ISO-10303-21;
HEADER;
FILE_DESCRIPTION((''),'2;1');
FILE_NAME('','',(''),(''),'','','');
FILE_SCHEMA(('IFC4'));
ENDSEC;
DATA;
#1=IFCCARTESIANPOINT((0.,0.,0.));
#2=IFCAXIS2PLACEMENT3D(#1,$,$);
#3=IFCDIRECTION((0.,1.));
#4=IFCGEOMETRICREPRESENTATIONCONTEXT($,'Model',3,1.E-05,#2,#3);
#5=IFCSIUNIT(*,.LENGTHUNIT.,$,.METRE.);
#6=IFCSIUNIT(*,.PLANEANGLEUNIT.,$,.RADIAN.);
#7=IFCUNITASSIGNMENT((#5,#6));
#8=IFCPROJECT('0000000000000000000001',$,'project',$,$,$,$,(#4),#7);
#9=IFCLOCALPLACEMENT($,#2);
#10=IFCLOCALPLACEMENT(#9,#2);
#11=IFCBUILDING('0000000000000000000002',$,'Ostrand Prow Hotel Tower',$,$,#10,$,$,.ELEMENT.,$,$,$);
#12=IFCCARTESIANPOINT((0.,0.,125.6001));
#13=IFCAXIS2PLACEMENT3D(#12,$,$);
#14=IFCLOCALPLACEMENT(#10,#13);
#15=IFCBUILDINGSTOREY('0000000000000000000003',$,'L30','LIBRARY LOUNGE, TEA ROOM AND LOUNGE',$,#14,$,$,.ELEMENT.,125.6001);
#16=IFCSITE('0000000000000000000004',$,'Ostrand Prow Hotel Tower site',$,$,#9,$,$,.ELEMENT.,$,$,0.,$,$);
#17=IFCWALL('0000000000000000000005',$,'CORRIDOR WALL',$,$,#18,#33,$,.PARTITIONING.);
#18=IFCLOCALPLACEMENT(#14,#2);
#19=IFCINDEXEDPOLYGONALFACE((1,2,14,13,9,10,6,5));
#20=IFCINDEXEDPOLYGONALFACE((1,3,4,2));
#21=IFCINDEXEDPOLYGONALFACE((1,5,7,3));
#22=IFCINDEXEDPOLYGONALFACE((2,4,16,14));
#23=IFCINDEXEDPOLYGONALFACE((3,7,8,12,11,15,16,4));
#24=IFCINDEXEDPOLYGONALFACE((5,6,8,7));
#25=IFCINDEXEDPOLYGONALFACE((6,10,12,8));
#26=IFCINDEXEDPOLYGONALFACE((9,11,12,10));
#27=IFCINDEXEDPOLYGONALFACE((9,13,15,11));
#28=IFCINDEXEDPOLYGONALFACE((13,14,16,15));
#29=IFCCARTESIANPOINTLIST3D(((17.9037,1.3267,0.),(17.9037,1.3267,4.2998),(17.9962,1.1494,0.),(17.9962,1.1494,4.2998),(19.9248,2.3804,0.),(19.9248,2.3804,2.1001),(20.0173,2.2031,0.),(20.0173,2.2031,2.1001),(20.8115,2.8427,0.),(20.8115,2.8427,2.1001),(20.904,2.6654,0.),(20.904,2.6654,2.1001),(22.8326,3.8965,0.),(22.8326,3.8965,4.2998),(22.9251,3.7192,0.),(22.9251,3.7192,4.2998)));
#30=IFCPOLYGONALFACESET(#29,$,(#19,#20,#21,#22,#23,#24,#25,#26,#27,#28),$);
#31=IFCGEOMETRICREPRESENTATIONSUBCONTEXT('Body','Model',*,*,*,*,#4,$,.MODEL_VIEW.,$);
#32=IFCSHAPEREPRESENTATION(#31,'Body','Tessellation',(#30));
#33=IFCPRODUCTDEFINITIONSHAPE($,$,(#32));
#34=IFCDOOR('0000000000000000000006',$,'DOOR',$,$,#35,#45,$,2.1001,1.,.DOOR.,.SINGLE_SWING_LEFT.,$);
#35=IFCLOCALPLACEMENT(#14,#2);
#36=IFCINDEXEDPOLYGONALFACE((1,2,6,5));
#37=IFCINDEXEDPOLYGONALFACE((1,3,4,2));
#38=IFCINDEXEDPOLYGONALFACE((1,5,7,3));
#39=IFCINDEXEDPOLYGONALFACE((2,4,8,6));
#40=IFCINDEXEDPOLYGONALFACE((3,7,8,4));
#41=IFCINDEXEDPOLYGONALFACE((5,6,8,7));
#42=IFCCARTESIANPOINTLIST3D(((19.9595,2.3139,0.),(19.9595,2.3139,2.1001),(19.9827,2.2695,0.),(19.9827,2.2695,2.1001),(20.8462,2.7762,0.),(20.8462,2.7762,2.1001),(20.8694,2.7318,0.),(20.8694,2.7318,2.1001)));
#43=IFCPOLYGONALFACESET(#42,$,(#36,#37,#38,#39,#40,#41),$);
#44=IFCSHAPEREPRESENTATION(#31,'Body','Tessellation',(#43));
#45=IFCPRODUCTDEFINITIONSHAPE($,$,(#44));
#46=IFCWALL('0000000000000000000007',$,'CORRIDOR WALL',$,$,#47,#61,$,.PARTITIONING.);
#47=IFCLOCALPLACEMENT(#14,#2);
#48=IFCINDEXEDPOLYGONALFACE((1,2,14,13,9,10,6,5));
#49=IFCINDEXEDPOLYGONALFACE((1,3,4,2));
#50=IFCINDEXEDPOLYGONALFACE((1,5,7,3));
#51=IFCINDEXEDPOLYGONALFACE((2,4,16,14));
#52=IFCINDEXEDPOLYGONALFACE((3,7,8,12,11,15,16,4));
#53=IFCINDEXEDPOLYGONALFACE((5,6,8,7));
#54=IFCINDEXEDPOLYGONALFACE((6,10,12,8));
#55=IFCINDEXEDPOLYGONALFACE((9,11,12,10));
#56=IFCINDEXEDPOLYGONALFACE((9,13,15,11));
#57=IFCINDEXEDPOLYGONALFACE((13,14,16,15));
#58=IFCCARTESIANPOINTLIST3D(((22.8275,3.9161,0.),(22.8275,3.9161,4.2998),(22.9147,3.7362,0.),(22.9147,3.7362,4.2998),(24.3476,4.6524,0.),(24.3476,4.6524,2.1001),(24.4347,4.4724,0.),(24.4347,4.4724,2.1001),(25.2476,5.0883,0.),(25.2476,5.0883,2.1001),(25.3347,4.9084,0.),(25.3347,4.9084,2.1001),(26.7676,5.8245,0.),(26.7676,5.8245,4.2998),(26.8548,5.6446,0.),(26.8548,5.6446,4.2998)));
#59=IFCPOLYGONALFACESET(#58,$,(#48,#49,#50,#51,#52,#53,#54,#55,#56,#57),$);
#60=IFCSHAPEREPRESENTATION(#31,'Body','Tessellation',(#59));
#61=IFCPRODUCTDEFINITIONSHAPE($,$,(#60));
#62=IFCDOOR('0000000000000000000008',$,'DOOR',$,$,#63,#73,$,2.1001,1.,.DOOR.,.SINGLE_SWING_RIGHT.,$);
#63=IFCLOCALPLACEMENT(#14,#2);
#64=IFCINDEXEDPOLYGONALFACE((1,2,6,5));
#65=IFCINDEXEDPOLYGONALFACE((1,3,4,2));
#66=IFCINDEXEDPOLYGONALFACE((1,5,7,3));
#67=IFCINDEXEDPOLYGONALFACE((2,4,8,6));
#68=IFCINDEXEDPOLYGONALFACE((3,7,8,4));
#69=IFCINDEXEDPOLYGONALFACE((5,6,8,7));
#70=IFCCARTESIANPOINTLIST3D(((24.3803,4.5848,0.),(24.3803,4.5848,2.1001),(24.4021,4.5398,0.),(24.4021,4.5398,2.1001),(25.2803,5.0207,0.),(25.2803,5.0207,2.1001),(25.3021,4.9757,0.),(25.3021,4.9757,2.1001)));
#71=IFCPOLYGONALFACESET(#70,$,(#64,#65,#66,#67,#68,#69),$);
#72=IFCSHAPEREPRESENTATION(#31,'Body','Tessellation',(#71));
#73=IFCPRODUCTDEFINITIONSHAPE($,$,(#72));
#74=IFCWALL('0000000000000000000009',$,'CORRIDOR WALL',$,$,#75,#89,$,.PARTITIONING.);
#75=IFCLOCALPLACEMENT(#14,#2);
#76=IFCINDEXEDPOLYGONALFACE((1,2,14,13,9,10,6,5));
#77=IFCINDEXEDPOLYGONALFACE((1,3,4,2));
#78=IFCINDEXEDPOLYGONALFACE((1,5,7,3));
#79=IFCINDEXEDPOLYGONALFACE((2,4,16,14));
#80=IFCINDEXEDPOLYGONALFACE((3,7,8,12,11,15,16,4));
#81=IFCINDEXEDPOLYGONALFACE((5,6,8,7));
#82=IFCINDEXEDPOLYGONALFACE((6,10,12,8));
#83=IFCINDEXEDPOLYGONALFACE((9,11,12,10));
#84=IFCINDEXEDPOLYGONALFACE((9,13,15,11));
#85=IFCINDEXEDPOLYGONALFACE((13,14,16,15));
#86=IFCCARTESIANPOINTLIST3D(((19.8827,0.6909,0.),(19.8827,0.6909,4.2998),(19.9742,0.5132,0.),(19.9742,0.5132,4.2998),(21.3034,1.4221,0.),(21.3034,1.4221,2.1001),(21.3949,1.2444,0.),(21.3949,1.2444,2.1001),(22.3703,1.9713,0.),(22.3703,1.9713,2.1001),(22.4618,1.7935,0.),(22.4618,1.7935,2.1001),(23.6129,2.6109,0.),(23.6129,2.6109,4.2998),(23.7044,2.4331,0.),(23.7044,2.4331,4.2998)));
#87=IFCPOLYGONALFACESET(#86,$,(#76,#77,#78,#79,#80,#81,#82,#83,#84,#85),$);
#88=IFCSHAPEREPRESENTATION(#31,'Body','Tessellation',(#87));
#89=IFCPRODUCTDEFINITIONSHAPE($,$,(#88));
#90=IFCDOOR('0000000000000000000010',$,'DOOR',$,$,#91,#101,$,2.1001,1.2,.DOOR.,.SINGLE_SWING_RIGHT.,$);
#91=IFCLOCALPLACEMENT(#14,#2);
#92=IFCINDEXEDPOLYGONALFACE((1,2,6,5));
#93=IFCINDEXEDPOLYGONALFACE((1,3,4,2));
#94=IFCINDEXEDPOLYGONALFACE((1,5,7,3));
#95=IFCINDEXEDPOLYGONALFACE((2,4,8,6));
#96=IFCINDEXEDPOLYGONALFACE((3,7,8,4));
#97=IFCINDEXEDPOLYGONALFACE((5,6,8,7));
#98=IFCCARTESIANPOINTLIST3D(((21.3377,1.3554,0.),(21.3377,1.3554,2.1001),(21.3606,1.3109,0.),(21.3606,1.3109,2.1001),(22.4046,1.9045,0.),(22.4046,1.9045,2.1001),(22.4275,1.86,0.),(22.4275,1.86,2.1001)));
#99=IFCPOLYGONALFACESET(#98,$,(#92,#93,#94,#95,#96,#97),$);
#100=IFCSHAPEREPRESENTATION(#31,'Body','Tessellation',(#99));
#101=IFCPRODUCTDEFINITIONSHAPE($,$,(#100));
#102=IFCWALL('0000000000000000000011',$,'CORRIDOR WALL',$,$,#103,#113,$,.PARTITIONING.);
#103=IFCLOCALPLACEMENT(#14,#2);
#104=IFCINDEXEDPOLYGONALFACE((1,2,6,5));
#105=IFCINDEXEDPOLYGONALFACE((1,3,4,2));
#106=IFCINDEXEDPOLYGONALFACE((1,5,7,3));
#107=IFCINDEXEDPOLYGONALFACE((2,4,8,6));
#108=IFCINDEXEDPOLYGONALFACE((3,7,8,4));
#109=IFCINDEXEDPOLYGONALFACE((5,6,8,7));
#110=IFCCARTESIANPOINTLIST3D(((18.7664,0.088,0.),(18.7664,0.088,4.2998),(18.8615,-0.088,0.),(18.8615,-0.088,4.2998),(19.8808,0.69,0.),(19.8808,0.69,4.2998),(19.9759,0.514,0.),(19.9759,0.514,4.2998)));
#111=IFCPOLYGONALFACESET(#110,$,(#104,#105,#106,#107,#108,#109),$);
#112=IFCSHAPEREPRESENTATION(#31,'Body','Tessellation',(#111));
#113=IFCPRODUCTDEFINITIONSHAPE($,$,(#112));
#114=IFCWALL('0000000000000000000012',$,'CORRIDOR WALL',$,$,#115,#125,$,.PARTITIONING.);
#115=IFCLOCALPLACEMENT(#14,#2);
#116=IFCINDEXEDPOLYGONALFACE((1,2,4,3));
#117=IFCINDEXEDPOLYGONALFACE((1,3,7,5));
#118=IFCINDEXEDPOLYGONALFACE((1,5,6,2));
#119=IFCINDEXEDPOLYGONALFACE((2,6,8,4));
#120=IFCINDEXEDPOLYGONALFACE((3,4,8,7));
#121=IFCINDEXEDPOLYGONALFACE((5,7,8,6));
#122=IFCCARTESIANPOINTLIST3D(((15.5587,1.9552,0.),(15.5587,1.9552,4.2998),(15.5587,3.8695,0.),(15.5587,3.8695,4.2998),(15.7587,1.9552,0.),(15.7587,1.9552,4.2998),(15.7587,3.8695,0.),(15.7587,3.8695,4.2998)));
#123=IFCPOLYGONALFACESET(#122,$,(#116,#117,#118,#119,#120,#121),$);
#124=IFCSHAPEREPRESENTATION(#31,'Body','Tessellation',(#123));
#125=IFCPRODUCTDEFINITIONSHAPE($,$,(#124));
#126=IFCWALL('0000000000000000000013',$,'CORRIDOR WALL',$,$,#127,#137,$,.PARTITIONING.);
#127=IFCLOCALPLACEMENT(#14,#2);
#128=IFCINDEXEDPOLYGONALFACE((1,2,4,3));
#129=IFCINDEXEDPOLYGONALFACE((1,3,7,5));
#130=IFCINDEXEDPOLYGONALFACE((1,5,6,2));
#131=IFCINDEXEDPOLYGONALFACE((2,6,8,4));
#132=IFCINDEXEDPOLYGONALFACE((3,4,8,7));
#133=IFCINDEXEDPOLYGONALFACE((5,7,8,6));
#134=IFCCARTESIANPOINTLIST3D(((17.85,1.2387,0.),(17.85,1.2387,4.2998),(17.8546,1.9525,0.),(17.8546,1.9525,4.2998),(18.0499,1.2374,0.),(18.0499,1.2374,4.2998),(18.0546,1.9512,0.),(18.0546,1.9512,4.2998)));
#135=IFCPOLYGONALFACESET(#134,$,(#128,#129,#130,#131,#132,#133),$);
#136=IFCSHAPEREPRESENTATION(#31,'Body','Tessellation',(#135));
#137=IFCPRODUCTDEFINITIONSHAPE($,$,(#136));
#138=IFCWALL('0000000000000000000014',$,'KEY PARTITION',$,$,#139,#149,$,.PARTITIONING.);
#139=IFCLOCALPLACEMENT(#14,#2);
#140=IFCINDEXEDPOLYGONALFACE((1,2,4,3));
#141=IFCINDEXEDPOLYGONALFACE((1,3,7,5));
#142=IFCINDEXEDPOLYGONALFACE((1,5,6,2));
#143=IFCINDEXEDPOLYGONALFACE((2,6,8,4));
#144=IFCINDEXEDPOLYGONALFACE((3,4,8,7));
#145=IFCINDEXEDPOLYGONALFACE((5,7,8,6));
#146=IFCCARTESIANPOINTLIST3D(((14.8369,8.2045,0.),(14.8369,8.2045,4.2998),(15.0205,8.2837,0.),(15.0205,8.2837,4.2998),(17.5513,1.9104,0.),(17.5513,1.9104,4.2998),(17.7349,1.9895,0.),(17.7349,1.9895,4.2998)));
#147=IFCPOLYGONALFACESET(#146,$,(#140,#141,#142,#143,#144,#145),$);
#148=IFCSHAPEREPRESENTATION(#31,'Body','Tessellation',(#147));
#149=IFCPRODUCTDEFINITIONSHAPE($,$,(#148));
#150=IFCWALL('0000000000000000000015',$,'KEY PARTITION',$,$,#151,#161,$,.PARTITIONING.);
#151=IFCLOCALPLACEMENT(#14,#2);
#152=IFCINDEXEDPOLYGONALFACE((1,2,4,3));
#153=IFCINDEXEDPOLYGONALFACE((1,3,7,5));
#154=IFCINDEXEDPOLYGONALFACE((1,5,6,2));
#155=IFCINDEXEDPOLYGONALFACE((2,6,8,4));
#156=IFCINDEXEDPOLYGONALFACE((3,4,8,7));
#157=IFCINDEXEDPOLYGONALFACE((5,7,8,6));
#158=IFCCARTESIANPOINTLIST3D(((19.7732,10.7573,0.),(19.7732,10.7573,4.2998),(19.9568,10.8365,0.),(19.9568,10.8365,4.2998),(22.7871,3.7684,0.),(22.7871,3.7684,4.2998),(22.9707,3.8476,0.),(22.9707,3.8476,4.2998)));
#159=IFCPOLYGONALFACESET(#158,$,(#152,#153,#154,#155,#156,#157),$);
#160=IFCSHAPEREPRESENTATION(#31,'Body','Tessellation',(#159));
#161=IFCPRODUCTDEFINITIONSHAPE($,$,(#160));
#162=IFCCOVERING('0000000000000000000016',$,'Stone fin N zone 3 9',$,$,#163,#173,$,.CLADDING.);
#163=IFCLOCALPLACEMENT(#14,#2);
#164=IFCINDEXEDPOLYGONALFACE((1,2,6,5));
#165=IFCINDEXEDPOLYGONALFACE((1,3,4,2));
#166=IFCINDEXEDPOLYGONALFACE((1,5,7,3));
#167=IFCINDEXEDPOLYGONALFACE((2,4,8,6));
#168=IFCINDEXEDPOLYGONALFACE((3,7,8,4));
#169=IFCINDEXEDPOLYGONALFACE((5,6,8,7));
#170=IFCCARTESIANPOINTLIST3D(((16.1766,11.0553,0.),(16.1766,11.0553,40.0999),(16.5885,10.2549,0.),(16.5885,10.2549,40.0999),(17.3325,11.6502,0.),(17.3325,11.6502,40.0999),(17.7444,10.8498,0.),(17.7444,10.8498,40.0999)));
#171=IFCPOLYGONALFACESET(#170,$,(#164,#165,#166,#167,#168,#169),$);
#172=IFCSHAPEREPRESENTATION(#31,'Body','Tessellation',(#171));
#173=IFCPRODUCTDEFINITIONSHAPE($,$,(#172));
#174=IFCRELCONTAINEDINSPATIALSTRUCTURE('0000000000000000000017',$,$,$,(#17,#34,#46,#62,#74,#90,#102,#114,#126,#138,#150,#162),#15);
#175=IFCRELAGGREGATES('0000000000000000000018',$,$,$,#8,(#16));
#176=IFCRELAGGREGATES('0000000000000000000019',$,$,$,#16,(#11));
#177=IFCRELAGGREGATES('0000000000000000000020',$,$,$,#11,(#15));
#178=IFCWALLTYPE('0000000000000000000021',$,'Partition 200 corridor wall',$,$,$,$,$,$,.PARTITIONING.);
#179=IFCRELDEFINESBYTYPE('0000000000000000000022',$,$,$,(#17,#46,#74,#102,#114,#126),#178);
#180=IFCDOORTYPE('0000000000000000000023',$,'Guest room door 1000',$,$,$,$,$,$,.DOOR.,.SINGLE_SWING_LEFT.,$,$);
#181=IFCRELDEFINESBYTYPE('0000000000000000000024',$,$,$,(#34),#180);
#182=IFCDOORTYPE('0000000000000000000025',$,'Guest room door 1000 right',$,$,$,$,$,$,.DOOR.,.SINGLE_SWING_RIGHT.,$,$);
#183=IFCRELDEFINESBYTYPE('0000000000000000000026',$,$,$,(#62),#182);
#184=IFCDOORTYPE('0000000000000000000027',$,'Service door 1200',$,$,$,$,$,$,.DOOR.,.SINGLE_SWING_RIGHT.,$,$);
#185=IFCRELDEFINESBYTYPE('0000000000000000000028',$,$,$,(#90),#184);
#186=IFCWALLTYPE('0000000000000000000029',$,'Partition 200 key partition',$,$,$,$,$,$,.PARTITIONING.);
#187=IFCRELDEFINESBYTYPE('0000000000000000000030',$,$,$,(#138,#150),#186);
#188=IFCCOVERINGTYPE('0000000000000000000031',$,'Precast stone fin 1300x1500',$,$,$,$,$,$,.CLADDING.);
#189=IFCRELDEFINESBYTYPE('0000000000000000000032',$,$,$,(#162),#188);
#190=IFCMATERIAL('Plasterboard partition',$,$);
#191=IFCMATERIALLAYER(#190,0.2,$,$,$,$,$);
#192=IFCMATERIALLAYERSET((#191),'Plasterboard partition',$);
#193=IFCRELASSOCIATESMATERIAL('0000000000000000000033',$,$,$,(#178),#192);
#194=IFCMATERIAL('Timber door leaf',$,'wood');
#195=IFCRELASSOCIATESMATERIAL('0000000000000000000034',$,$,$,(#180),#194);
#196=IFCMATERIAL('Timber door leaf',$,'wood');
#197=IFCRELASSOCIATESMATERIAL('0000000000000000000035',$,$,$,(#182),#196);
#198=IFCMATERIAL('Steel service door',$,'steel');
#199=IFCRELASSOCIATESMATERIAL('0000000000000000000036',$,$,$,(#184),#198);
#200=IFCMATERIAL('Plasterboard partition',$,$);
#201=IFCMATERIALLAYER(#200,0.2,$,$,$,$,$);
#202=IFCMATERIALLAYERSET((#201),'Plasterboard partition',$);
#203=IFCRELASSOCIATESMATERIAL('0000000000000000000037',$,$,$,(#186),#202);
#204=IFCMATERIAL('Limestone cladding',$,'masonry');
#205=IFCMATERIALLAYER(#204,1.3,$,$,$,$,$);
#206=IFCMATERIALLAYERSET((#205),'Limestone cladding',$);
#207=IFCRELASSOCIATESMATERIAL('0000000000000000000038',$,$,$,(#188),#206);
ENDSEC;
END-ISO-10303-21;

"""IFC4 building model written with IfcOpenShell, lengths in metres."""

from ifc_helpers import new_model, si_unit, direction, frame, frame_2d, origin, place, context, subcontext, project, spatial, rectangle, extrude, material, layer, layer_set, type_object, element, fill, save


model = new_model("IFC4")

# Units and contexts
model_context = context("Model", 3, precision=1e-05, world=origin(), true_north=direction((0.0, 1.0)))
body_context = subcontext(model_context, "Body", "Model", "MODEL_VIEW")
ifc_project = project(units=[si_unit("LENGTHUNIT", "METRE"), si_unit("PLANEANGLEUNIT", "RADIAN")], contexts=[model_context])

# Site, building, storey
site_placement = place(None, origin())
site = spatial("IfcSite", under=ifc_project, at=site_placement, Name="Ostrand Prow Hotel Tower site", CompositionType="ELEMENT", RefElevation=0.0)
building_placement = place(site_placement, origin())
building = spatial("IfcBuilding", under=site, at=building_placement, Name="Ostrand Prow Hotel Tower", CompositionType="ELEMENT")
storey_placement = place(building_placement, frame((0.0, 0.0, 125.6001)))
storey = spatial("IfcBuildingStorey", under=building, at=storey_placement, Name="L30", Description="LIBRARY LOUNGE, TEA ROOM AND LOUNGE", CompositionType="ELEMENT", Elevation=125.6001)

# Walls, openings, doors
ifc_material_1 = material(Name="Plasterboard partition")
ifc_layer_1 = layer(ifc_material_1, 0.2)
ifc_layer_set_1 = layer_set([ifc_layer_1], Name="Plasterboard partition")
wall_type_1 = type_object("IfcWallType", Name="Partition 200 corridor wall", PredefinedType="PARTITIONING", material=ifc_layer_set_1)
wall_1_placement = place(storey_placement, frame((17.95, 1.238, 0.0), z_axis=(0.0, 0.0, 1.0), x_axis=(0.886718, 0.462311, 0.0)))
wall_1 = element("IfcWall", 1, at=wall_1_placement, inside=storey, type_object=wall_type_1, Name="CORRIDOR WALL", PredefinedType="PARTITIONING", context=body_context, shape_type="SweptSolid", body=[
    extrude(rectangle(XDim=5.5586, YDim=0.2, at=frame_2d((2.7793, 0.0))), origin(), (0.0, 0.0, 1.0), 4.2998),
])
opening_1_placement = place(wall_1_placement, frame((2.2793, 0.0, 0.0)))
opening_1 = element("IfcOpeningElement", 2, at=opening_1_placement, cuts=wall_1, PredefinedType="OPENING", context=body_context, shape_type="SweptSolid", body=[
    extrude(rectangle(XDim=1.0, YDim=2.1001, at=frame_2d((0.5, 1.05))), frame((0.0, 0.1099, 0.0), z_axis=(0.0, -1.0, 0.0), x_axis=(1.0, 0.0, 0.0)), (0.0, 0.0, 1.0), 0.22),
])
ifc_material_2 = material(Name="Timber door leaf", Category="wood")
door_type_1 = type_object("IfcDoorType", Name="Guest room door 1000", OperationType="SINGLE_SWING_LEFT", PredefinedType="DOOR", material=ifc_material_2)
door_1_placement = place(opening_1_placement, origin())
door_1 = element("IfcDoor", 3, at=door_1_placement, inside=storey, type_object=door_type_1, Name="DOOR", OperationType="SINGLE_SWING_LEFT", OverallHeight=2.1001, OverallWidth=1.0, PredefinedType="DOOR", context=body_context, shape_type="SweptSolid", body=[
    extrude(rectangle(XDim=1.0, YDim=2.1001, at=frame_2d((0.5, 1.05))), frame((0.0, 0.0249, 0.0), z_axis=(0.0, -1.0, 0.0), x_axis=(1.0, 0.0, 0.0)), (0.0, 0.0, 1.0), 0.05),
])
fill(opening_1, door_1)
wall_2_placement = place(storey_placement, frame((22.8711, 3.8262, 0.0), z_axis=(0.0, 0.0, 1.0), x_axis=(0.899989, 0.435914, 0.0)))
wall_2 = element("IfcWall", 4, at=wall_2_placement, inside=storey, type_object=wall_type_1, Name="CORRIDOR WALL", PredefinedType="PARTITIONING", context=body_context, shape_type="SweptSolid", body=[
    extrude(rectangle(XDim=4.3779, YDim=0.2, at=frame_2d((2.189, 0.0))), origin(), (0.0, 0.0, 1.0), 4.2998),
])
opening_2_placement = place(wall_2_placement, frame((1.689, 0.0, 0.0)))
opening_2 = element("IfcOpeningElement", 5, at=opening_2_placement, cuts=wall_2, PredefinedType="OPENING", context=body_context, shape_type="SweptSolid", body=[
    extrude(rectangle(XDim=1.0, YDim=2.1001, at=frame_2d((0.5, 1.05))), frame((0.0, 0.1099, 0.0), z_axis=(0.0, -1.0, 0.0), x_axis=(1.0, 0.0, 0.0)), (0.0, 0.0, 1.0), 0.22),
])
ifc_material_3 = material(Name="Timber door leaf", Category="wood")
door_type_2 = type_object("IfcDoorType", Name="Guest room door 1000 right", OperationType="SINGLE_SWING_RIGHT", PredefinedType="DOOR", material=ifc_material_3)
door_2_placement = place(opening_2_placement, origin())
door_2 = element("IfcDoor", 6, at=door_2_placement, inside=storey, type_object=door_type_2, Name="DOOR", OperationType="SINGLE_SWING_RIGHT", OverallHeight=2.1001, OverallWidth=1.0, PredefinedType="DOOR", context=body_context, shape_type="SweptSolid", body=[
    extrude(rectangle(XDim=1.0, YDim=2.1001, at=frame_2d((0.5, 1.05))), frame((0.0, 0.0249, 0.0), z_axis=(0.0, -1.0, 0.0), x_axis=(1.0, 0.0, 0.0)), (0.0, 0.0, 1.0), 0.05),
])
fill(opening_2, door_2)
wall_3_placement = place(storey_placement, frame((19.9285, 0.6021, 0.0), z_axis=(0.0, 0.0, 1.0), x_axis=(0.88914, 0.457635, 0.0)))
wall_3 = element("IfcWall", 7, at=wall_3_placement, inside=storey, type_object=wall_type_1, Name="CORRIDOR WALL", PredefinedType="PARTITIONING", context=body_context, shape_type="SweptSolid", body=[
    extrude(rectangle(XDim=4.1953, YDim=0.2, at=frame_2d((2.0977, 0.0))), origin(), (0.0, 0.0, 1.0), 4.2998),
])
opening_3_placement = place(wall_3_placement, frame((1.5977, 0.0, 0.0)))
opening_3 = element("IfcOpeningElement", 8, at=opening_3_placement, cuts=wall_3, PredefinedType="OPENING", context=body_context, shape_type="SweptSolid", body=[
    extrude(rectangle(XDim=1.2, YDim=2.1001, at=frame_2d((0.6001, 1.05))), frame((0.0, 0.1099, 0.0), z_axis=(0.0, -1.0, 0.0), x_axis=(1.0, 0.0, 0.0)), (0.0, 0.0, 1.0), 0.22),
])
ifc_material_4 = material(Name="Steel service door", Category="steel")
door_type_3 = type_object("IfcDoorType", Name="Service door 1200", OperationType="SINGLE_SWING_RIGHT", PredefinedType="DOOR", material=ifc_material_4)
door_3_placement = place(opening_3_placement, origin())
door_3 = element("IfcDoor", 9, at=door_3_placement, inside=storey, type_object=door_type_3, Name="DOOR", OperationType="SINGLE_SWING_RIGHT", OverallHeight=2.1001, OverallWidth=1.2, PredefinedType="DOOR", context=body_context, shape_type="SweptSolid", body=[
    extrude(rectangle(XDim=1.2, YDim=2.1001, at=frame_2d((0.6001, 1.05))), frame((0.0, 0.0249, 0.0), z_axis=(0.0, -1.0, 0.0), x_axis=(1.0, 0.0, 0.0)), (0.0, 0.0, 1.0), 0.05),
])
fill(opening_3, door_3)

# Walls
wall_4_placement = place(storey_placement, frame((18.814, 0.0, 0.0), z_axis=(0.0, 0.0, 1.0), x_axis=(0.879833, 0.475283, 0.0)))
element("IfcWall", 10, at=wall_4_placement, inside=storey, type_object=wall_type_1, Name="CORRIDOR WALL", PredefinedType="PARTITIONING", context=body_context, shape_type="SweptSolid", body=[
    extrude(rectangle(XDim=1.2666, YDim=0.2, at=frame_2d((0.6333, 0.0))), origin(), (0.0, 0.0, 1.0), 4.2998),
])
wall_5_placement = place(storey_placement, frame((15.6587, 3.8694, 0.0), z_axis=(0.0, 0.0, 1.0), x_axis=(0.0, -1.0, 0.0)))
element("IfcWall", 11, at=wall_5_placement, inside=storey, type_object=wall_type_1, Name="CORRIDOR WALL", PredefinedType="PARTITIONING", context=body_context, shape_type="SweptSolid", body=[
    extrude(rectangle(XDim=1.9143, YDim=0.2, at=frame_2d((0.957, 0.0))), origin(), (0.0, 0.0, 1.0), 4.2998),
])
wall_6_placement = place(storey_placement, frame((17.95, 1.238, 0.0), z_axis=(0.0, 0.0, 1.0), x_axis=(0.006498, 0.999979, 0.0)))
element("IfcWall", 12, at=wall_6_placement, inside=storey, type_object=wall_type_1, Name="CORRIDOR WALL", PredefinedType="PARTITIONING", context=body_context, shape_type="SweptSolid", body=[
    extrude(rectangle(XDim=0.7139, YDim=0.2, at=frame_2d((0.3569, 0.0))), origin(), (0.0, 0.0, 1.0), 4.2998),
])
ifc_material_5 = material(Name="Plasterboard partition")
ifc_layer_2 = layer(ifc_material_5, 0.2)
ifc_layer_set_2 = layer_set([ifc_layer_2], Name="Plasterboard partition")
wall_type_2 = type_object("IfcWallType", Name="Partition 200 key partition", PredefinedType="PARTITIONING", material=ifc_layer_set_2)
wall_7_placement = place(storey_placement, frame((17.6431, 1.95, 0.0), z_axis=(0.0, 0.0, 1.0), x_axis=(-0.395995, 0.918253, 0.0)))
element("IfcWall", 13, at=wall_7_placement, inside=storey, type_object=wall_type_2, Name="KEY PARTITION", PredefinedType="PARTITIONING", context=body_context, shape_type="SweptSolid", body=[
    extrude(rectangle(XDim=6.8545, YDim=0.2, at=frame_2d((3.4272, 0.0))), origin(), (0.0, 0.0, 1.0), 4.2998),
])
wall_8_placement = place(storey_placement, frame((22.8789, 3.8079, 0.0), z_axis=(0.0, 0.0, 1.0), x_axis=(-0.395986, 0.918257, 0.0)))
element("IfcWall", 14, at=wall_8_placement, inside=storey, type_object=wall_type_2, Name="KEY PARTITION", PredefinedType="PARTITIONING", context=body_context, shape_type="SweptSolid", body=[
    extrude(rectangle(XDim=7.6111, YDim=0.2, at=frame_2d((3.8057, 0.0))), origin(), (0.0, 0.0, 1.0), 4.2998),
])

# Covering
ifc_material_6 = material(Name="Limestone cladding", Category="masonry")
ifc_layer_3 = layer(ifc_material_6, 1.3)
ifc_layer_set_3 = layer_set([ifc_layer_3], Name="Limestone cladding")
covering_type_1 = type_object("IfcCoveringType", Name="Precast stone fin 1300x1500", PredefinedType="CLADDING", material=ifc_layer_set_3)
covering_1_placement = place(storey_placement, frame((17.1665, 10.5522, 0.0), z_axis=(0.0, 0.0, 1.0), x_axis=(-0.457599, 0.889159, 0.0)))
element("IfcCovering", 15, at=covering_1_placement, inside=storey, type_object=covering_type_1, Name="Stone fin N zone 3 9", PredefinedType="CLADDING", context=body_context, shape_type="SweptSolid", body=[
    extrude(rectangle(XDim=0.9001, YDim=1.3, at=frame_2d((0.4502, 0.0))), origin(), (0.0, 0.0, 1.0), 40.0999),
])

save(model, "model.ifc")
